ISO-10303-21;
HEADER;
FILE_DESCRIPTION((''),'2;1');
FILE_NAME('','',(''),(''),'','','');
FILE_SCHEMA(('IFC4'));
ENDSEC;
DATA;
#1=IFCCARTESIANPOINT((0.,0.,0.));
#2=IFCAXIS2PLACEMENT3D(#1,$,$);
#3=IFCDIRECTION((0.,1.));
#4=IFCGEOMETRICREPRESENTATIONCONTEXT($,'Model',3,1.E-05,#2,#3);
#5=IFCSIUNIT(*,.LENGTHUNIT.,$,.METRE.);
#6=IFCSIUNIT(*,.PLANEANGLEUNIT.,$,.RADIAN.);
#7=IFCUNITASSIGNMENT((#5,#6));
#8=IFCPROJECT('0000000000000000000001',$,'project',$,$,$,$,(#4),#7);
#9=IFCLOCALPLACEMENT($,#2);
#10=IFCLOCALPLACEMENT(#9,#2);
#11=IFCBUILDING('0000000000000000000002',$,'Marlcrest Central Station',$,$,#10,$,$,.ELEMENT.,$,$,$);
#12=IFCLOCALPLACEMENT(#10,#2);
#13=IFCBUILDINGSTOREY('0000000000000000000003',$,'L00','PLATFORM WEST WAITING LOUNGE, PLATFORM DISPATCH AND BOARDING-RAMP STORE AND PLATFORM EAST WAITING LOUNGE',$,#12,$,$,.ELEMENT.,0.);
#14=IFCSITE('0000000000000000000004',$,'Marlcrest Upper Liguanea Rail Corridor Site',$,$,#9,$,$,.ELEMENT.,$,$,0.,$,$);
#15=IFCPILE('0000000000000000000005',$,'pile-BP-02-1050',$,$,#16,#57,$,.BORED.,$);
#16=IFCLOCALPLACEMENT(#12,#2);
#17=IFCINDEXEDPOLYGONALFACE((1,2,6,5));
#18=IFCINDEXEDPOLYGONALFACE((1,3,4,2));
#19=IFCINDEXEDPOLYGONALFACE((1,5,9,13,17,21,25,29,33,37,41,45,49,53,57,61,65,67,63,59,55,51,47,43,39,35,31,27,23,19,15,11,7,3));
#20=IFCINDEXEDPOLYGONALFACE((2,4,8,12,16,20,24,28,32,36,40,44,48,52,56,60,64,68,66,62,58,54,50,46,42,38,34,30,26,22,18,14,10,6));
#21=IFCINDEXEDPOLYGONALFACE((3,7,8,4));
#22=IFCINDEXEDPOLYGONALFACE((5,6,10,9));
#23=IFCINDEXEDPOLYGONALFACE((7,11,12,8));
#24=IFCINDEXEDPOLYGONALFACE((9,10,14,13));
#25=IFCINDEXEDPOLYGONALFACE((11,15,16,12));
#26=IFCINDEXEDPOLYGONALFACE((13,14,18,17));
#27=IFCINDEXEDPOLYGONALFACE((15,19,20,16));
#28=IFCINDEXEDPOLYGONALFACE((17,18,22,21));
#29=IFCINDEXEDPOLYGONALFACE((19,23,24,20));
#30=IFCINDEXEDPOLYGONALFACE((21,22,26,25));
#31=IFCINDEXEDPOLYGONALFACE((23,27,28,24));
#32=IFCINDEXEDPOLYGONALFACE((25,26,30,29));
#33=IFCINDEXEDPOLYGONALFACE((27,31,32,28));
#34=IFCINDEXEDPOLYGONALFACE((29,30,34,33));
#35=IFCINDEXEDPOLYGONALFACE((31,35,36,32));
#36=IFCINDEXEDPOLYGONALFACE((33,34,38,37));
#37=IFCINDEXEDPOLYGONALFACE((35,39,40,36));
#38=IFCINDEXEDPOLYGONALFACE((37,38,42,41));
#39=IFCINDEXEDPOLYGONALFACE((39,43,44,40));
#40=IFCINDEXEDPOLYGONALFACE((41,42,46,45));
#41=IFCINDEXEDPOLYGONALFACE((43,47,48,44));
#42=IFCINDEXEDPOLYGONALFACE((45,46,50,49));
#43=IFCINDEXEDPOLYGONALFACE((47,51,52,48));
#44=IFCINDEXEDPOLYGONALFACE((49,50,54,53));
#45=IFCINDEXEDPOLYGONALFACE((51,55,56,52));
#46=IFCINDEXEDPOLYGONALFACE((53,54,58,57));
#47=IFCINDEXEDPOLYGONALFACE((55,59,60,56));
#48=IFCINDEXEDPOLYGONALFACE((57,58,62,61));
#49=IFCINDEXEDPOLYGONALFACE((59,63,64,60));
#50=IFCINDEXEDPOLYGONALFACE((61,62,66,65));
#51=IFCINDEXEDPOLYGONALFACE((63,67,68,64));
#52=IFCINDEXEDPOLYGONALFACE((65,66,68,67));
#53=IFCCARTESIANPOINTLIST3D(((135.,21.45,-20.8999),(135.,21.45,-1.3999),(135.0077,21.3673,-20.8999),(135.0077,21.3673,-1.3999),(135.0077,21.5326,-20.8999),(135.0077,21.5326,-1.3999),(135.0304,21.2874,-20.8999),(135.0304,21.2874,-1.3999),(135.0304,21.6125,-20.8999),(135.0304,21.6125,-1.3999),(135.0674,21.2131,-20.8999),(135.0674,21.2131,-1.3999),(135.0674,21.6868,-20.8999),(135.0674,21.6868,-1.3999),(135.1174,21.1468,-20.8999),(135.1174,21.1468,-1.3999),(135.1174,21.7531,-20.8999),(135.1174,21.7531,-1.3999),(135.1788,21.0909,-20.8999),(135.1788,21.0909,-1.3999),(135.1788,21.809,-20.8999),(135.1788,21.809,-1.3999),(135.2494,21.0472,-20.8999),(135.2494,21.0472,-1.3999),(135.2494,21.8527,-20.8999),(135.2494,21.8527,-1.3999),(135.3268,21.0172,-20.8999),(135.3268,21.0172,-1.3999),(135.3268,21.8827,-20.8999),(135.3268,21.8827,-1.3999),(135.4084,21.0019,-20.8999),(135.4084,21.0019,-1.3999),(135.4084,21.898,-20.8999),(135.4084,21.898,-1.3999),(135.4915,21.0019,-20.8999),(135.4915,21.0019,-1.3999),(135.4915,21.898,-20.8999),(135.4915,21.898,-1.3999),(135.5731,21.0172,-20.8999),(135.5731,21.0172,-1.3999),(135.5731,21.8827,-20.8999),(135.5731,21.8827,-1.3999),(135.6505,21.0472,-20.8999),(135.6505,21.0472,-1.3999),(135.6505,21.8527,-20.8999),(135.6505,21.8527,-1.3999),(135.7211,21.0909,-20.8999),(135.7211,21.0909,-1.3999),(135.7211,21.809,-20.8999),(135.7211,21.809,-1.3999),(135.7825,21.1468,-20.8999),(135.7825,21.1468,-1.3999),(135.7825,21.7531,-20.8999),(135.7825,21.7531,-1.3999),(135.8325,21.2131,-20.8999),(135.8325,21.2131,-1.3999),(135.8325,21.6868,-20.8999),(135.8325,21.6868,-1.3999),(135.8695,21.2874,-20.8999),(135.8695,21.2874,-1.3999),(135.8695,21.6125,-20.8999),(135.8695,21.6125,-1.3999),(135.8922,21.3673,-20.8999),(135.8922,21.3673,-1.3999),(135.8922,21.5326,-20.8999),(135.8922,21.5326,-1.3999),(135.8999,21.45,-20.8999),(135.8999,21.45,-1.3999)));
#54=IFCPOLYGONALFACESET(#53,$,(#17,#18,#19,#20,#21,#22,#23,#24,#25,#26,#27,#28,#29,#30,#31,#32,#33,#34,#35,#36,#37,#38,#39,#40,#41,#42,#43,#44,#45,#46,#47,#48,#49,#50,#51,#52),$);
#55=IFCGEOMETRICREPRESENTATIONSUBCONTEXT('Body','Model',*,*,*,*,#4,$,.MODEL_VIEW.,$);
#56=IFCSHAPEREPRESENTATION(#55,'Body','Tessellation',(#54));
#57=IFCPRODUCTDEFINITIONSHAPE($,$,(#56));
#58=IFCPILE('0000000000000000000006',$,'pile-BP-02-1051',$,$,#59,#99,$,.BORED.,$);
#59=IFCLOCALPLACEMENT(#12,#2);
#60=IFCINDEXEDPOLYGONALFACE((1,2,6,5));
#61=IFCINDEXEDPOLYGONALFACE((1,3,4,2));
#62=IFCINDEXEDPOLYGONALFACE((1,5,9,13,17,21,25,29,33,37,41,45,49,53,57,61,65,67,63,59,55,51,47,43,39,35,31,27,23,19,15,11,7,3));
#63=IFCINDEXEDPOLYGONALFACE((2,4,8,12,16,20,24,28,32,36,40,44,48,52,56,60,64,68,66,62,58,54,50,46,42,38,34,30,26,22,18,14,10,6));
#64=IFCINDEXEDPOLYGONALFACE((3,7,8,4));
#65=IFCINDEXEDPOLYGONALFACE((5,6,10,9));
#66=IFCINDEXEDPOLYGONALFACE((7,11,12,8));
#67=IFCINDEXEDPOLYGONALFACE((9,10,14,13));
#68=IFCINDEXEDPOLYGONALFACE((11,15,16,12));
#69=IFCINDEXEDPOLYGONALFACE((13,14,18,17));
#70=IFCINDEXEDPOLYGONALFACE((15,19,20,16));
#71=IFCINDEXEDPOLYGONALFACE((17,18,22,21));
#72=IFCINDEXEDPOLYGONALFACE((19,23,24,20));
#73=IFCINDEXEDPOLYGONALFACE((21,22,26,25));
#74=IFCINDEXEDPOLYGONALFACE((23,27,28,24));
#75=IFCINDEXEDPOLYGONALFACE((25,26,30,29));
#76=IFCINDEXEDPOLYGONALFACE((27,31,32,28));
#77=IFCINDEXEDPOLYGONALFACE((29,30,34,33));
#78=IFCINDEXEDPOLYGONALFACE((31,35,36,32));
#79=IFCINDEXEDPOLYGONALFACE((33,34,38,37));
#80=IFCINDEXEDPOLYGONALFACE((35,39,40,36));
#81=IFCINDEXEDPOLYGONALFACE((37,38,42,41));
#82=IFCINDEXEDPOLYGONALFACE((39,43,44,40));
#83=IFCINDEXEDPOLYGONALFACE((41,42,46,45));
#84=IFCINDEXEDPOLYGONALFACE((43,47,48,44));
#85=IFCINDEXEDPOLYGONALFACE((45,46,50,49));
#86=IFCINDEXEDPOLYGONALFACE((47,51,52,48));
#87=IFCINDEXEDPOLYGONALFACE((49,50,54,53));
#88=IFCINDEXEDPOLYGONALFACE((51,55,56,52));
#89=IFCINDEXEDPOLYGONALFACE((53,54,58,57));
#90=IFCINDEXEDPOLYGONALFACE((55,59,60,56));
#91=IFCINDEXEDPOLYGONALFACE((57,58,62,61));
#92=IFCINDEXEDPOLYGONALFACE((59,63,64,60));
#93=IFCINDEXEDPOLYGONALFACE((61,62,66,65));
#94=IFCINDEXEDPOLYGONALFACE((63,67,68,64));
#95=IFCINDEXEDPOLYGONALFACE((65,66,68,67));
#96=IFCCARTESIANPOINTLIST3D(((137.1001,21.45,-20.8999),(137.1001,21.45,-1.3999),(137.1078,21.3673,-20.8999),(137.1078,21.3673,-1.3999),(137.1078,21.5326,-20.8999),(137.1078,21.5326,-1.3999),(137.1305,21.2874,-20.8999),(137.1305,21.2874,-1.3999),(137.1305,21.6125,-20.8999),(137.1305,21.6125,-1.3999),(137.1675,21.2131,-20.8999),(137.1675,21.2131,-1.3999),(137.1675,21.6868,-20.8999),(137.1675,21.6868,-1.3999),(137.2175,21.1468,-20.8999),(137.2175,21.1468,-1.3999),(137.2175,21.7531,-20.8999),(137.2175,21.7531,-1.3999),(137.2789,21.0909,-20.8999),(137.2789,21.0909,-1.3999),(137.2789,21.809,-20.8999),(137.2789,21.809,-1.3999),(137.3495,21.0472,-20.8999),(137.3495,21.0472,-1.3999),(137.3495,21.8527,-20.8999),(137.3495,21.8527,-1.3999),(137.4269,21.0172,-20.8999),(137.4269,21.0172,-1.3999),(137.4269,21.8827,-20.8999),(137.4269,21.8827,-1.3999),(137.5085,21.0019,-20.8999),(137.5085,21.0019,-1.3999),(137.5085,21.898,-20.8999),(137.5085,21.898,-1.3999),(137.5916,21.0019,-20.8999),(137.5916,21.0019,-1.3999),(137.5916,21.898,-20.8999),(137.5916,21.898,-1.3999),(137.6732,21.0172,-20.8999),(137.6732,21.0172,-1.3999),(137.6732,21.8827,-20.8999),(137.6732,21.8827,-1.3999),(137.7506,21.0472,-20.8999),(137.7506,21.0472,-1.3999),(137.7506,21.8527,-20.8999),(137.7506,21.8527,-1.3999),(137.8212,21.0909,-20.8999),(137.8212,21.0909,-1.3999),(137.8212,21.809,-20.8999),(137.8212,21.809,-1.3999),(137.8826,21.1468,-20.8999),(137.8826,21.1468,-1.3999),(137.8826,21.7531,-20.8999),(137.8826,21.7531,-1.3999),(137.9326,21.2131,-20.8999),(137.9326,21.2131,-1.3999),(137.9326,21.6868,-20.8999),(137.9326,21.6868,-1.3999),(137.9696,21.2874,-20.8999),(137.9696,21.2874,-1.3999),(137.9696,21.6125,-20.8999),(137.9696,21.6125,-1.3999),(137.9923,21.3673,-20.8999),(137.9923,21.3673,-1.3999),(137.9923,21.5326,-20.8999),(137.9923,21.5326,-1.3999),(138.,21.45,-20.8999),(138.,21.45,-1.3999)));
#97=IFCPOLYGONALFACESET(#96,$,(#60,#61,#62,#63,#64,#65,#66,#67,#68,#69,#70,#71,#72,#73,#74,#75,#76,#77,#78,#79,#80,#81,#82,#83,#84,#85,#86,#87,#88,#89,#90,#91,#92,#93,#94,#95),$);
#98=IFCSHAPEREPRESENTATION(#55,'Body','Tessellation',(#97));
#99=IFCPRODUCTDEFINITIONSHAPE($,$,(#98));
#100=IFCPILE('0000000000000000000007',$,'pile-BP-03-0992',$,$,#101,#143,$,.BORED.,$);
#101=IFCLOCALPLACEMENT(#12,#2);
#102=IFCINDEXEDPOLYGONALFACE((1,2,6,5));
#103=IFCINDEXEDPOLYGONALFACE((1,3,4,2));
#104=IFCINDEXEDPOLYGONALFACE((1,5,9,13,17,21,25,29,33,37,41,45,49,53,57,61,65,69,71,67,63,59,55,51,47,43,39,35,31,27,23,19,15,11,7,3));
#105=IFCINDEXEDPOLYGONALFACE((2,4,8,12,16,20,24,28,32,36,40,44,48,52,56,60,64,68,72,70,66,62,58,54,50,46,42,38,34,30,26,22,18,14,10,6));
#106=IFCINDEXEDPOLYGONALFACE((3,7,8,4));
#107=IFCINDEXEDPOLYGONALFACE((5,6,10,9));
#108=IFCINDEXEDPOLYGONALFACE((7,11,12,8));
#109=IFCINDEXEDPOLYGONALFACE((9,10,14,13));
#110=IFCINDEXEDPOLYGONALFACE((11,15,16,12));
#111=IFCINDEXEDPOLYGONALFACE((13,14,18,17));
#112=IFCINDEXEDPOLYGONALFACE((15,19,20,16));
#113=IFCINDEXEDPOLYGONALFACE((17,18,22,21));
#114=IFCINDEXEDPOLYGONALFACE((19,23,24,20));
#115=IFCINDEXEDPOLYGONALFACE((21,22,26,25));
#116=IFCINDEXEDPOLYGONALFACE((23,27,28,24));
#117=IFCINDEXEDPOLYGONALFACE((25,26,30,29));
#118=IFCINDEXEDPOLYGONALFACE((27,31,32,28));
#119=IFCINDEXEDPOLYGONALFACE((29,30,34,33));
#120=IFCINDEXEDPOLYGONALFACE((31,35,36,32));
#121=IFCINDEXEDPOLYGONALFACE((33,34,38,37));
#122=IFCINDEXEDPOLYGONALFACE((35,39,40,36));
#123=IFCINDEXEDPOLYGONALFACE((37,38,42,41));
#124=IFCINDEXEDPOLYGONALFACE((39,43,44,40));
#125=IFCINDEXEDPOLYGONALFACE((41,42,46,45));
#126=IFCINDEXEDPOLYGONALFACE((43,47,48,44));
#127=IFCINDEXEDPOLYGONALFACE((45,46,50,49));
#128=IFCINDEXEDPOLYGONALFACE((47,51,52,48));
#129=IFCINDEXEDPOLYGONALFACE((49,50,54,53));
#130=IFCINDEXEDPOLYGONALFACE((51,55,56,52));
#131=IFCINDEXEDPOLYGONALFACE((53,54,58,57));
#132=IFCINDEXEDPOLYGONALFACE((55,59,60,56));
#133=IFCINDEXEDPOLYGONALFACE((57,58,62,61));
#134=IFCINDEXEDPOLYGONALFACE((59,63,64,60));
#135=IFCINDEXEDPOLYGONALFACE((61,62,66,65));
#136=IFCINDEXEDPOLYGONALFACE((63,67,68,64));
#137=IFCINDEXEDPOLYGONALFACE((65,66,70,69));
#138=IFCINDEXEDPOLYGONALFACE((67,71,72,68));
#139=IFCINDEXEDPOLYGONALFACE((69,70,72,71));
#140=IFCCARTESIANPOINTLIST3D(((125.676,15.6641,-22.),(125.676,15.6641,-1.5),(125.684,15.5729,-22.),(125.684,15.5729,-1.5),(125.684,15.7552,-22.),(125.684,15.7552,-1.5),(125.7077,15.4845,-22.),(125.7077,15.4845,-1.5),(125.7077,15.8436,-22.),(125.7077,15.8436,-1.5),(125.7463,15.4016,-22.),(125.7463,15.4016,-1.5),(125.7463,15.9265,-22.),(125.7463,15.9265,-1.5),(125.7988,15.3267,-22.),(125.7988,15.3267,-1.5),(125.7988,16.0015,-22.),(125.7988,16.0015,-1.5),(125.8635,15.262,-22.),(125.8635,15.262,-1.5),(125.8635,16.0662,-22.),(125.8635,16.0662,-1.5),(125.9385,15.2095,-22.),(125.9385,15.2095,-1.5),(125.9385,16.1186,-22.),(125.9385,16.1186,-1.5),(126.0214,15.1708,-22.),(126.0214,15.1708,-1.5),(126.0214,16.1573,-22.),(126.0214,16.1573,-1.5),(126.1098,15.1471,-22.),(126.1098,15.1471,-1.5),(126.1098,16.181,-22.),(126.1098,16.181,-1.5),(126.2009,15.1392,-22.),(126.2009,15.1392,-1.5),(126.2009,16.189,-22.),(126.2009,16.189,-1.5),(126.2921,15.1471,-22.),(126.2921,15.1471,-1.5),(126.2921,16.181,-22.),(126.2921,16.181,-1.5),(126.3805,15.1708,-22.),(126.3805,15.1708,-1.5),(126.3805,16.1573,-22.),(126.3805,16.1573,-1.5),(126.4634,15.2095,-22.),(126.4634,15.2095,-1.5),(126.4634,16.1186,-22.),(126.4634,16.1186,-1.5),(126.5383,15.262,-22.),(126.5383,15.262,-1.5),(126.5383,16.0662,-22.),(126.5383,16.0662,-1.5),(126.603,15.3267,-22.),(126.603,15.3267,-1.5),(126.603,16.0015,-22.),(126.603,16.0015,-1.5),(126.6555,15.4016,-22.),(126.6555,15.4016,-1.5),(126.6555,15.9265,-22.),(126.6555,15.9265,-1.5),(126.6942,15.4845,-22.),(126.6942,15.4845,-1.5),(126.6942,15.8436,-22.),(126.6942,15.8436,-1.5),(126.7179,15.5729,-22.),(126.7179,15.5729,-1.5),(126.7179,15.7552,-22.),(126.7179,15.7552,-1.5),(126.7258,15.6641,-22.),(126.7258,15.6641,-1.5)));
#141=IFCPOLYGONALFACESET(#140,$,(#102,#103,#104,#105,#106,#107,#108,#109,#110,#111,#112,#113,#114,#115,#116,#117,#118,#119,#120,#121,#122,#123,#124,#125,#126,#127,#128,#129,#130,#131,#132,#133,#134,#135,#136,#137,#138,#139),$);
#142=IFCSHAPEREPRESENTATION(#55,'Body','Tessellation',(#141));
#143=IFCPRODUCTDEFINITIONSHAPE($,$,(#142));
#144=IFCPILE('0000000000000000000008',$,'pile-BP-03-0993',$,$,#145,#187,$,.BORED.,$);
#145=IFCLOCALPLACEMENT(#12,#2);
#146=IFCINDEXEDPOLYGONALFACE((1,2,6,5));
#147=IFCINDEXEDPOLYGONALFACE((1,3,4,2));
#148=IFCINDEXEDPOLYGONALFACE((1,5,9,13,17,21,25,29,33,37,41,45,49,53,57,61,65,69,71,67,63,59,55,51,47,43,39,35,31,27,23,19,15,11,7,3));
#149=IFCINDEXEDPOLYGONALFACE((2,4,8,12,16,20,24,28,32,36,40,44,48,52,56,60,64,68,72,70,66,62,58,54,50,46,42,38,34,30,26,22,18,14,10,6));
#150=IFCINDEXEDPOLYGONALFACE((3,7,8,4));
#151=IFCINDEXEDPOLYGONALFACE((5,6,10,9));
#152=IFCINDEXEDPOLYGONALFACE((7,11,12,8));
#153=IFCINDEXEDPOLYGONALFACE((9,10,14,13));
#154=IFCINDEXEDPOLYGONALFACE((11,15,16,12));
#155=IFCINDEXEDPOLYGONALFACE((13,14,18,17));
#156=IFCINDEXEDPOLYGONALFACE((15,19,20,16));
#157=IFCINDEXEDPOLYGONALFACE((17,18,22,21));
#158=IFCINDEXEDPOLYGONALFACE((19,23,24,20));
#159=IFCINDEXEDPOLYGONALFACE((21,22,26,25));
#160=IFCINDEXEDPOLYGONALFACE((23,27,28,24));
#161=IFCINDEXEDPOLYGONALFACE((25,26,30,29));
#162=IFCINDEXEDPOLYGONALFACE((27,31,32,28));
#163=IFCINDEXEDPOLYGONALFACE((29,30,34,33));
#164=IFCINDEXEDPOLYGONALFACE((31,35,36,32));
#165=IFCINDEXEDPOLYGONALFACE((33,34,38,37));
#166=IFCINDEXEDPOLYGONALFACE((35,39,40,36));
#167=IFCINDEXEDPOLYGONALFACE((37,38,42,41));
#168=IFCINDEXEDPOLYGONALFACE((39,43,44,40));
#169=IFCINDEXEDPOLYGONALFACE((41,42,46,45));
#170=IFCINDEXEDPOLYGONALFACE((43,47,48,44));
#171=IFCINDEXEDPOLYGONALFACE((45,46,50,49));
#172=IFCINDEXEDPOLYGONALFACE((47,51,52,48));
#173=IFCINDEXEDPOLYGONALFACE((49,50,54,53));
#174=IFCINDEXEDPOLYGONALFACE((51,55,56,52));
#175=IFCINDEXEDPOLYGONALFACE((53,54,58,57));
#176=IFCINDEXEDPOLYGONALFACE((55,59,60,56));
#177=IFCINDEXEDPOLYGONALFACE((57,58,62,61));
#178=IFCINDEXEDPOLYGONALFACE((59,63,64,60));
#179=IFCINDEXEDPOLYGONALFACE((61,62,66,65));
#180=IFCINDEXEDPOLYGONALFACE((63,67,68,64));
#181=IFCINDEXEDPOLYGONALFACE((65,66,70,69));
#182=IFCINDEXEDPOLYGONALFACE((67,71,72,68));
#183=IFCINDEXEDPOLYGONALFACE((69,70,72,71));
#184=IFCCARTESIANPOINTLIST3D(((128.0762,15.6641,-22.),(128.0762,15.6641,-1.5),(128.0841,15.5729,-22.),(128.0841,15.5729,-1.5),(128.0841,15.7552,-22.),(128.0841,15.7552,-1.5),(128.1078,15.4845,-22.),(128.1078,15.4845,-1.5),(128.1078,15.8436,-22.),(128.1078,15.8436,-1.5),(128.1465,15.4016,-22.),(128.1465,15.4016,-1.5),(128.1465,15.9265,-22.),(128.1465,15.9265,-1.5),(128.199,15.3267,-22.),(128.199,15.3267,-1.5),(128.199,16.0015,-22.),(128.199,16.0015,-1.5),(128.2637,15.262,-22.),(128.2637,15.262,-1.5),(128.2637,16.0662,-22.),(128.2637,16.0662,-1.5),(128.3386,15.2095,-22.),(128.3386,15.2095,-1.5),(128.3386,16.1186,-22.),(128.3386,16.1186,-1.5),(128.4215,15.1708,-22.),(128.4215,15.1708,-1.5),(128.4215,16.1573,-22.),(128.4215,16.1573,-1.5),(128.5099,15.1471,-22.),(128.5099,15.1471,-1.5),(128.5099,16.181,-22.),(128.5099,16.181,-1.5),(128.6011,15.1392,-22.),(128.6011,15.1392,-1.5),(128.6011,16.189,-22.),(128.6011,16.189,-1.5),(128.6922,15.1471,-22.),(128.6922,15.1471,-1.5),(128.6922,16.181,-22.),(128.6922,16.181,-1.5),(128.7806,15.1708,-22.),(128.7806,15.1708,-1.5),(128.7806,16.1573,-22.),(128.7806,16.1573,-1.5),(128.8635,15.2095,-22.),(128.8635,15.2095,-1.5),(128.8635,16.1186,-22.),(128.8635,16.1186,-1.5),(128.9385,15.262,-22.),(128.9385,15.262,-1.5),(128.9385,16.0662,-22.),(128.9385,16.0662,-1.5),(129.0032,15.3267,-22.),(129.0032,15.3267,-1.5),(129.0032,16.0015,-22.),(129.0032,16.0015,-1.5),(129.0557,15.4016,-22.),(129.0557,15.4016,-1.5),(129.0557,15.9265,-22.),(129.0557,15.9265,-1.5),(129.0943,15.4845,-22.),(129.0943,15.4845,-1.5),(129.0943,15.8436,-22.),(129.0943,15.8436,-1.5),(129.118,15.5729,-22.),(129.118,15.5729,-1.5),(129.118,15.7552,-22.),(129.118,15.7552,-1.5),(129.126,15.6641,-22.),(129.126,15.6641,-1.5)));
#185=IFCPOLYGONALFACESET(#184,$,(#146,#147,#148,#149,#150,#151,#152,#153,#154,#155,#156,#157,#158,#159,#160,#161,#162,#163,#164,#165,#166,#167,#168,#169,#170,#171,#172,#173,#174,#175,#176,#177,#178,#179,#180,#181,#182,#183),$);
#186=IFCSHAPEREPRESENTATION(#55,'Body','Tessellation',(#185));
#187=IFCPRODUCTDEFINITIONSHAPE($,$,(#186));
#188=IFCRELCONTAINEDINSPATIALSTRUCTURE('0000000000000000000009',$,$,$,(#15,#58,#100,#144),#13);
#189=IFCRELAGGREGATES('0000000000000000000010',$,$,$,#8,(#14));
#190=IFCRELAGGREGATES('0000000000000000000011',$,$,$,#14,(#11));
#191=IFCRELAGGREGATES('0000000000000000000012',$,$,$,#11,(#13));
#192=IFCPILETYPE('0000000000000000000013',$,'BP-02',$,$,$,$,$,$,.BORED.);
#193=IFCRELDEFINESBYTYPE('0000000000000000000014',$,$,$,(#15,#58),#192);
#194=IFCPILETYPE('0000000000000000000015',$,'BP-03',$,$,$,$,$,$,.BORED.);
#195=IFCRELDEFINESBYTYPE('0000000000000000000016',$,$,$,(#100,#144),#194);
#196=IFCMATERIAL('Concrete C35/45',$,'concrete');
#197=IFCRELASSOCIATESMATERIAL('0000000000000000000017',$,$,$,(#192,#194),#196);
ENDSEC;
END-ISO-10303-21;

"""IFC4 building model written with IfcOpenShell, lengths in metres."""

from ifc_helpers import new_model, si_unit, direction, frame, origin, origin_2d, place, context, subcontext, project, spatial, circle, extrude, material, material_profile, profile_set, type_object, element, save


model = new_model("IFC4")

# Units and contexts
model_context = context("Model", 3, precision=1e-05, world=origin(), true_north=direction((0.0, 1.0)))
body_context = subcontext(model_context, "Body", "Model", "MODEL_VIEW")
ifc_project = project(units=[si_unit("LENGTHUNIT", "METRE"), si_unit("PLANEANGLEUNIT", "RADIAN")], contexts=[model_context])

# Site, building, storey
site_placement = place(None, origin())
site = spatial("IfcSite", under=ifc_project, at=site_placement, Name="Marlcrest Upper Liguanea Rail Corridor Site", CompositionType="ELEMENT", RefElevation=0.0)
building_placement = place(site_placement, origin())
building = spatial("IfcBuilding", under=site, at=building_placement, Name="Marlcrest Central Station", CompositionType="ELEMENT")
storey_placement = place(building_placement, origin())
storey = spatial("IfcBuildingStorey", under=building, at=storey_placement, Name="L00", Description="PLATFORM WEST WAITING LOUNGE, PLATFORM DISPATCH AND BOARDING-RAMP STORE AND PLATFORM EAST WAITING LOUNGE", CompositionType="ELEMENT", Elevation=0.0)

# Piles
ifc_material_1 = material(Name="Concrete C35/45", Category="concrete")
ifc_material_profile_1 = material_profile(ifc_material_1, circle(Radius=0.45, at=origin_2d()), Name="PILE D900")
ifc_profile_set_1 = profile_set([ifc_material_profile_1], Name="Concrete C35/45")
pile_type_1 = type_object("IfcPileType", Name="BP-02", PredefinedType="BORED", material=ifc_profile_set_1)
for number, where, z_axis, x_axis, name in (
    (1, (135.45, 21.45, -1.3999), (0.0, 0.0, -1.0), (1.0, 0.0, 0.0), "pile-BP-02-1050"),
    (2, (137.55, 21.45, -1.3999), (0.0, 0.0, -1.0), (1.0, 0.0, 0.0), "pile-BP-02-1051"),
):
    element("IfcPile", number, at=place(storey_placement, frame(where, z_axis=z_axis, x_axis=x_axis)), inside=storey, type_object=pile_type_1, Name=name, PredefinedType="BORED", context=body_context, shape_type="SweptSolid", body=[
        extrude(circle(Radius=0.45, at=origin_2d()), origin(), (0.0, 0.0, 1.0), 19.5),
    ])
ifc_material_profile_2 = material_profile(ifc_material_1, circle(Radius=0.5249, at=origin_2d()), Name="PILE D1050")
ifc_profile_set_2 = profile_set([ifc_material_profile_2], Name="Concrete C35/45")
pile_type_2 = type_object("IfcPileType", Name="BP-03", PredefinedType="BORED", material=ifc_profile_set_2)
for number, where, z_axis, x_axis, name in (
    (3, (126.2009, 15.6641, -1.5), (0.0, 0.0, -1.0), (1.0, 0.0, 0.0), "pile-BP-03-0992"),
    (4, (128.6011, 15.6641, -1.5), (0.0, 0.0, -1.0), (1.0, 0.0, 0.0), "pile-BP-03-0993"),
):
    element("IfcPile", number, at=place(storey_placement, frame(where, z_axis=z_axis, x_axis=x_axis)), inside=storey, type_object=pile_type_2, Name=name, PredefinedType="BORED", context=body_context, shape_type="SweptSolid", body=[
        extrude(circle(Radius=0.5249, at=origin_2d()), origin(), (0.0, 0.0, 1.0), 20.5),
    ])

save(model, "model.ifc")
